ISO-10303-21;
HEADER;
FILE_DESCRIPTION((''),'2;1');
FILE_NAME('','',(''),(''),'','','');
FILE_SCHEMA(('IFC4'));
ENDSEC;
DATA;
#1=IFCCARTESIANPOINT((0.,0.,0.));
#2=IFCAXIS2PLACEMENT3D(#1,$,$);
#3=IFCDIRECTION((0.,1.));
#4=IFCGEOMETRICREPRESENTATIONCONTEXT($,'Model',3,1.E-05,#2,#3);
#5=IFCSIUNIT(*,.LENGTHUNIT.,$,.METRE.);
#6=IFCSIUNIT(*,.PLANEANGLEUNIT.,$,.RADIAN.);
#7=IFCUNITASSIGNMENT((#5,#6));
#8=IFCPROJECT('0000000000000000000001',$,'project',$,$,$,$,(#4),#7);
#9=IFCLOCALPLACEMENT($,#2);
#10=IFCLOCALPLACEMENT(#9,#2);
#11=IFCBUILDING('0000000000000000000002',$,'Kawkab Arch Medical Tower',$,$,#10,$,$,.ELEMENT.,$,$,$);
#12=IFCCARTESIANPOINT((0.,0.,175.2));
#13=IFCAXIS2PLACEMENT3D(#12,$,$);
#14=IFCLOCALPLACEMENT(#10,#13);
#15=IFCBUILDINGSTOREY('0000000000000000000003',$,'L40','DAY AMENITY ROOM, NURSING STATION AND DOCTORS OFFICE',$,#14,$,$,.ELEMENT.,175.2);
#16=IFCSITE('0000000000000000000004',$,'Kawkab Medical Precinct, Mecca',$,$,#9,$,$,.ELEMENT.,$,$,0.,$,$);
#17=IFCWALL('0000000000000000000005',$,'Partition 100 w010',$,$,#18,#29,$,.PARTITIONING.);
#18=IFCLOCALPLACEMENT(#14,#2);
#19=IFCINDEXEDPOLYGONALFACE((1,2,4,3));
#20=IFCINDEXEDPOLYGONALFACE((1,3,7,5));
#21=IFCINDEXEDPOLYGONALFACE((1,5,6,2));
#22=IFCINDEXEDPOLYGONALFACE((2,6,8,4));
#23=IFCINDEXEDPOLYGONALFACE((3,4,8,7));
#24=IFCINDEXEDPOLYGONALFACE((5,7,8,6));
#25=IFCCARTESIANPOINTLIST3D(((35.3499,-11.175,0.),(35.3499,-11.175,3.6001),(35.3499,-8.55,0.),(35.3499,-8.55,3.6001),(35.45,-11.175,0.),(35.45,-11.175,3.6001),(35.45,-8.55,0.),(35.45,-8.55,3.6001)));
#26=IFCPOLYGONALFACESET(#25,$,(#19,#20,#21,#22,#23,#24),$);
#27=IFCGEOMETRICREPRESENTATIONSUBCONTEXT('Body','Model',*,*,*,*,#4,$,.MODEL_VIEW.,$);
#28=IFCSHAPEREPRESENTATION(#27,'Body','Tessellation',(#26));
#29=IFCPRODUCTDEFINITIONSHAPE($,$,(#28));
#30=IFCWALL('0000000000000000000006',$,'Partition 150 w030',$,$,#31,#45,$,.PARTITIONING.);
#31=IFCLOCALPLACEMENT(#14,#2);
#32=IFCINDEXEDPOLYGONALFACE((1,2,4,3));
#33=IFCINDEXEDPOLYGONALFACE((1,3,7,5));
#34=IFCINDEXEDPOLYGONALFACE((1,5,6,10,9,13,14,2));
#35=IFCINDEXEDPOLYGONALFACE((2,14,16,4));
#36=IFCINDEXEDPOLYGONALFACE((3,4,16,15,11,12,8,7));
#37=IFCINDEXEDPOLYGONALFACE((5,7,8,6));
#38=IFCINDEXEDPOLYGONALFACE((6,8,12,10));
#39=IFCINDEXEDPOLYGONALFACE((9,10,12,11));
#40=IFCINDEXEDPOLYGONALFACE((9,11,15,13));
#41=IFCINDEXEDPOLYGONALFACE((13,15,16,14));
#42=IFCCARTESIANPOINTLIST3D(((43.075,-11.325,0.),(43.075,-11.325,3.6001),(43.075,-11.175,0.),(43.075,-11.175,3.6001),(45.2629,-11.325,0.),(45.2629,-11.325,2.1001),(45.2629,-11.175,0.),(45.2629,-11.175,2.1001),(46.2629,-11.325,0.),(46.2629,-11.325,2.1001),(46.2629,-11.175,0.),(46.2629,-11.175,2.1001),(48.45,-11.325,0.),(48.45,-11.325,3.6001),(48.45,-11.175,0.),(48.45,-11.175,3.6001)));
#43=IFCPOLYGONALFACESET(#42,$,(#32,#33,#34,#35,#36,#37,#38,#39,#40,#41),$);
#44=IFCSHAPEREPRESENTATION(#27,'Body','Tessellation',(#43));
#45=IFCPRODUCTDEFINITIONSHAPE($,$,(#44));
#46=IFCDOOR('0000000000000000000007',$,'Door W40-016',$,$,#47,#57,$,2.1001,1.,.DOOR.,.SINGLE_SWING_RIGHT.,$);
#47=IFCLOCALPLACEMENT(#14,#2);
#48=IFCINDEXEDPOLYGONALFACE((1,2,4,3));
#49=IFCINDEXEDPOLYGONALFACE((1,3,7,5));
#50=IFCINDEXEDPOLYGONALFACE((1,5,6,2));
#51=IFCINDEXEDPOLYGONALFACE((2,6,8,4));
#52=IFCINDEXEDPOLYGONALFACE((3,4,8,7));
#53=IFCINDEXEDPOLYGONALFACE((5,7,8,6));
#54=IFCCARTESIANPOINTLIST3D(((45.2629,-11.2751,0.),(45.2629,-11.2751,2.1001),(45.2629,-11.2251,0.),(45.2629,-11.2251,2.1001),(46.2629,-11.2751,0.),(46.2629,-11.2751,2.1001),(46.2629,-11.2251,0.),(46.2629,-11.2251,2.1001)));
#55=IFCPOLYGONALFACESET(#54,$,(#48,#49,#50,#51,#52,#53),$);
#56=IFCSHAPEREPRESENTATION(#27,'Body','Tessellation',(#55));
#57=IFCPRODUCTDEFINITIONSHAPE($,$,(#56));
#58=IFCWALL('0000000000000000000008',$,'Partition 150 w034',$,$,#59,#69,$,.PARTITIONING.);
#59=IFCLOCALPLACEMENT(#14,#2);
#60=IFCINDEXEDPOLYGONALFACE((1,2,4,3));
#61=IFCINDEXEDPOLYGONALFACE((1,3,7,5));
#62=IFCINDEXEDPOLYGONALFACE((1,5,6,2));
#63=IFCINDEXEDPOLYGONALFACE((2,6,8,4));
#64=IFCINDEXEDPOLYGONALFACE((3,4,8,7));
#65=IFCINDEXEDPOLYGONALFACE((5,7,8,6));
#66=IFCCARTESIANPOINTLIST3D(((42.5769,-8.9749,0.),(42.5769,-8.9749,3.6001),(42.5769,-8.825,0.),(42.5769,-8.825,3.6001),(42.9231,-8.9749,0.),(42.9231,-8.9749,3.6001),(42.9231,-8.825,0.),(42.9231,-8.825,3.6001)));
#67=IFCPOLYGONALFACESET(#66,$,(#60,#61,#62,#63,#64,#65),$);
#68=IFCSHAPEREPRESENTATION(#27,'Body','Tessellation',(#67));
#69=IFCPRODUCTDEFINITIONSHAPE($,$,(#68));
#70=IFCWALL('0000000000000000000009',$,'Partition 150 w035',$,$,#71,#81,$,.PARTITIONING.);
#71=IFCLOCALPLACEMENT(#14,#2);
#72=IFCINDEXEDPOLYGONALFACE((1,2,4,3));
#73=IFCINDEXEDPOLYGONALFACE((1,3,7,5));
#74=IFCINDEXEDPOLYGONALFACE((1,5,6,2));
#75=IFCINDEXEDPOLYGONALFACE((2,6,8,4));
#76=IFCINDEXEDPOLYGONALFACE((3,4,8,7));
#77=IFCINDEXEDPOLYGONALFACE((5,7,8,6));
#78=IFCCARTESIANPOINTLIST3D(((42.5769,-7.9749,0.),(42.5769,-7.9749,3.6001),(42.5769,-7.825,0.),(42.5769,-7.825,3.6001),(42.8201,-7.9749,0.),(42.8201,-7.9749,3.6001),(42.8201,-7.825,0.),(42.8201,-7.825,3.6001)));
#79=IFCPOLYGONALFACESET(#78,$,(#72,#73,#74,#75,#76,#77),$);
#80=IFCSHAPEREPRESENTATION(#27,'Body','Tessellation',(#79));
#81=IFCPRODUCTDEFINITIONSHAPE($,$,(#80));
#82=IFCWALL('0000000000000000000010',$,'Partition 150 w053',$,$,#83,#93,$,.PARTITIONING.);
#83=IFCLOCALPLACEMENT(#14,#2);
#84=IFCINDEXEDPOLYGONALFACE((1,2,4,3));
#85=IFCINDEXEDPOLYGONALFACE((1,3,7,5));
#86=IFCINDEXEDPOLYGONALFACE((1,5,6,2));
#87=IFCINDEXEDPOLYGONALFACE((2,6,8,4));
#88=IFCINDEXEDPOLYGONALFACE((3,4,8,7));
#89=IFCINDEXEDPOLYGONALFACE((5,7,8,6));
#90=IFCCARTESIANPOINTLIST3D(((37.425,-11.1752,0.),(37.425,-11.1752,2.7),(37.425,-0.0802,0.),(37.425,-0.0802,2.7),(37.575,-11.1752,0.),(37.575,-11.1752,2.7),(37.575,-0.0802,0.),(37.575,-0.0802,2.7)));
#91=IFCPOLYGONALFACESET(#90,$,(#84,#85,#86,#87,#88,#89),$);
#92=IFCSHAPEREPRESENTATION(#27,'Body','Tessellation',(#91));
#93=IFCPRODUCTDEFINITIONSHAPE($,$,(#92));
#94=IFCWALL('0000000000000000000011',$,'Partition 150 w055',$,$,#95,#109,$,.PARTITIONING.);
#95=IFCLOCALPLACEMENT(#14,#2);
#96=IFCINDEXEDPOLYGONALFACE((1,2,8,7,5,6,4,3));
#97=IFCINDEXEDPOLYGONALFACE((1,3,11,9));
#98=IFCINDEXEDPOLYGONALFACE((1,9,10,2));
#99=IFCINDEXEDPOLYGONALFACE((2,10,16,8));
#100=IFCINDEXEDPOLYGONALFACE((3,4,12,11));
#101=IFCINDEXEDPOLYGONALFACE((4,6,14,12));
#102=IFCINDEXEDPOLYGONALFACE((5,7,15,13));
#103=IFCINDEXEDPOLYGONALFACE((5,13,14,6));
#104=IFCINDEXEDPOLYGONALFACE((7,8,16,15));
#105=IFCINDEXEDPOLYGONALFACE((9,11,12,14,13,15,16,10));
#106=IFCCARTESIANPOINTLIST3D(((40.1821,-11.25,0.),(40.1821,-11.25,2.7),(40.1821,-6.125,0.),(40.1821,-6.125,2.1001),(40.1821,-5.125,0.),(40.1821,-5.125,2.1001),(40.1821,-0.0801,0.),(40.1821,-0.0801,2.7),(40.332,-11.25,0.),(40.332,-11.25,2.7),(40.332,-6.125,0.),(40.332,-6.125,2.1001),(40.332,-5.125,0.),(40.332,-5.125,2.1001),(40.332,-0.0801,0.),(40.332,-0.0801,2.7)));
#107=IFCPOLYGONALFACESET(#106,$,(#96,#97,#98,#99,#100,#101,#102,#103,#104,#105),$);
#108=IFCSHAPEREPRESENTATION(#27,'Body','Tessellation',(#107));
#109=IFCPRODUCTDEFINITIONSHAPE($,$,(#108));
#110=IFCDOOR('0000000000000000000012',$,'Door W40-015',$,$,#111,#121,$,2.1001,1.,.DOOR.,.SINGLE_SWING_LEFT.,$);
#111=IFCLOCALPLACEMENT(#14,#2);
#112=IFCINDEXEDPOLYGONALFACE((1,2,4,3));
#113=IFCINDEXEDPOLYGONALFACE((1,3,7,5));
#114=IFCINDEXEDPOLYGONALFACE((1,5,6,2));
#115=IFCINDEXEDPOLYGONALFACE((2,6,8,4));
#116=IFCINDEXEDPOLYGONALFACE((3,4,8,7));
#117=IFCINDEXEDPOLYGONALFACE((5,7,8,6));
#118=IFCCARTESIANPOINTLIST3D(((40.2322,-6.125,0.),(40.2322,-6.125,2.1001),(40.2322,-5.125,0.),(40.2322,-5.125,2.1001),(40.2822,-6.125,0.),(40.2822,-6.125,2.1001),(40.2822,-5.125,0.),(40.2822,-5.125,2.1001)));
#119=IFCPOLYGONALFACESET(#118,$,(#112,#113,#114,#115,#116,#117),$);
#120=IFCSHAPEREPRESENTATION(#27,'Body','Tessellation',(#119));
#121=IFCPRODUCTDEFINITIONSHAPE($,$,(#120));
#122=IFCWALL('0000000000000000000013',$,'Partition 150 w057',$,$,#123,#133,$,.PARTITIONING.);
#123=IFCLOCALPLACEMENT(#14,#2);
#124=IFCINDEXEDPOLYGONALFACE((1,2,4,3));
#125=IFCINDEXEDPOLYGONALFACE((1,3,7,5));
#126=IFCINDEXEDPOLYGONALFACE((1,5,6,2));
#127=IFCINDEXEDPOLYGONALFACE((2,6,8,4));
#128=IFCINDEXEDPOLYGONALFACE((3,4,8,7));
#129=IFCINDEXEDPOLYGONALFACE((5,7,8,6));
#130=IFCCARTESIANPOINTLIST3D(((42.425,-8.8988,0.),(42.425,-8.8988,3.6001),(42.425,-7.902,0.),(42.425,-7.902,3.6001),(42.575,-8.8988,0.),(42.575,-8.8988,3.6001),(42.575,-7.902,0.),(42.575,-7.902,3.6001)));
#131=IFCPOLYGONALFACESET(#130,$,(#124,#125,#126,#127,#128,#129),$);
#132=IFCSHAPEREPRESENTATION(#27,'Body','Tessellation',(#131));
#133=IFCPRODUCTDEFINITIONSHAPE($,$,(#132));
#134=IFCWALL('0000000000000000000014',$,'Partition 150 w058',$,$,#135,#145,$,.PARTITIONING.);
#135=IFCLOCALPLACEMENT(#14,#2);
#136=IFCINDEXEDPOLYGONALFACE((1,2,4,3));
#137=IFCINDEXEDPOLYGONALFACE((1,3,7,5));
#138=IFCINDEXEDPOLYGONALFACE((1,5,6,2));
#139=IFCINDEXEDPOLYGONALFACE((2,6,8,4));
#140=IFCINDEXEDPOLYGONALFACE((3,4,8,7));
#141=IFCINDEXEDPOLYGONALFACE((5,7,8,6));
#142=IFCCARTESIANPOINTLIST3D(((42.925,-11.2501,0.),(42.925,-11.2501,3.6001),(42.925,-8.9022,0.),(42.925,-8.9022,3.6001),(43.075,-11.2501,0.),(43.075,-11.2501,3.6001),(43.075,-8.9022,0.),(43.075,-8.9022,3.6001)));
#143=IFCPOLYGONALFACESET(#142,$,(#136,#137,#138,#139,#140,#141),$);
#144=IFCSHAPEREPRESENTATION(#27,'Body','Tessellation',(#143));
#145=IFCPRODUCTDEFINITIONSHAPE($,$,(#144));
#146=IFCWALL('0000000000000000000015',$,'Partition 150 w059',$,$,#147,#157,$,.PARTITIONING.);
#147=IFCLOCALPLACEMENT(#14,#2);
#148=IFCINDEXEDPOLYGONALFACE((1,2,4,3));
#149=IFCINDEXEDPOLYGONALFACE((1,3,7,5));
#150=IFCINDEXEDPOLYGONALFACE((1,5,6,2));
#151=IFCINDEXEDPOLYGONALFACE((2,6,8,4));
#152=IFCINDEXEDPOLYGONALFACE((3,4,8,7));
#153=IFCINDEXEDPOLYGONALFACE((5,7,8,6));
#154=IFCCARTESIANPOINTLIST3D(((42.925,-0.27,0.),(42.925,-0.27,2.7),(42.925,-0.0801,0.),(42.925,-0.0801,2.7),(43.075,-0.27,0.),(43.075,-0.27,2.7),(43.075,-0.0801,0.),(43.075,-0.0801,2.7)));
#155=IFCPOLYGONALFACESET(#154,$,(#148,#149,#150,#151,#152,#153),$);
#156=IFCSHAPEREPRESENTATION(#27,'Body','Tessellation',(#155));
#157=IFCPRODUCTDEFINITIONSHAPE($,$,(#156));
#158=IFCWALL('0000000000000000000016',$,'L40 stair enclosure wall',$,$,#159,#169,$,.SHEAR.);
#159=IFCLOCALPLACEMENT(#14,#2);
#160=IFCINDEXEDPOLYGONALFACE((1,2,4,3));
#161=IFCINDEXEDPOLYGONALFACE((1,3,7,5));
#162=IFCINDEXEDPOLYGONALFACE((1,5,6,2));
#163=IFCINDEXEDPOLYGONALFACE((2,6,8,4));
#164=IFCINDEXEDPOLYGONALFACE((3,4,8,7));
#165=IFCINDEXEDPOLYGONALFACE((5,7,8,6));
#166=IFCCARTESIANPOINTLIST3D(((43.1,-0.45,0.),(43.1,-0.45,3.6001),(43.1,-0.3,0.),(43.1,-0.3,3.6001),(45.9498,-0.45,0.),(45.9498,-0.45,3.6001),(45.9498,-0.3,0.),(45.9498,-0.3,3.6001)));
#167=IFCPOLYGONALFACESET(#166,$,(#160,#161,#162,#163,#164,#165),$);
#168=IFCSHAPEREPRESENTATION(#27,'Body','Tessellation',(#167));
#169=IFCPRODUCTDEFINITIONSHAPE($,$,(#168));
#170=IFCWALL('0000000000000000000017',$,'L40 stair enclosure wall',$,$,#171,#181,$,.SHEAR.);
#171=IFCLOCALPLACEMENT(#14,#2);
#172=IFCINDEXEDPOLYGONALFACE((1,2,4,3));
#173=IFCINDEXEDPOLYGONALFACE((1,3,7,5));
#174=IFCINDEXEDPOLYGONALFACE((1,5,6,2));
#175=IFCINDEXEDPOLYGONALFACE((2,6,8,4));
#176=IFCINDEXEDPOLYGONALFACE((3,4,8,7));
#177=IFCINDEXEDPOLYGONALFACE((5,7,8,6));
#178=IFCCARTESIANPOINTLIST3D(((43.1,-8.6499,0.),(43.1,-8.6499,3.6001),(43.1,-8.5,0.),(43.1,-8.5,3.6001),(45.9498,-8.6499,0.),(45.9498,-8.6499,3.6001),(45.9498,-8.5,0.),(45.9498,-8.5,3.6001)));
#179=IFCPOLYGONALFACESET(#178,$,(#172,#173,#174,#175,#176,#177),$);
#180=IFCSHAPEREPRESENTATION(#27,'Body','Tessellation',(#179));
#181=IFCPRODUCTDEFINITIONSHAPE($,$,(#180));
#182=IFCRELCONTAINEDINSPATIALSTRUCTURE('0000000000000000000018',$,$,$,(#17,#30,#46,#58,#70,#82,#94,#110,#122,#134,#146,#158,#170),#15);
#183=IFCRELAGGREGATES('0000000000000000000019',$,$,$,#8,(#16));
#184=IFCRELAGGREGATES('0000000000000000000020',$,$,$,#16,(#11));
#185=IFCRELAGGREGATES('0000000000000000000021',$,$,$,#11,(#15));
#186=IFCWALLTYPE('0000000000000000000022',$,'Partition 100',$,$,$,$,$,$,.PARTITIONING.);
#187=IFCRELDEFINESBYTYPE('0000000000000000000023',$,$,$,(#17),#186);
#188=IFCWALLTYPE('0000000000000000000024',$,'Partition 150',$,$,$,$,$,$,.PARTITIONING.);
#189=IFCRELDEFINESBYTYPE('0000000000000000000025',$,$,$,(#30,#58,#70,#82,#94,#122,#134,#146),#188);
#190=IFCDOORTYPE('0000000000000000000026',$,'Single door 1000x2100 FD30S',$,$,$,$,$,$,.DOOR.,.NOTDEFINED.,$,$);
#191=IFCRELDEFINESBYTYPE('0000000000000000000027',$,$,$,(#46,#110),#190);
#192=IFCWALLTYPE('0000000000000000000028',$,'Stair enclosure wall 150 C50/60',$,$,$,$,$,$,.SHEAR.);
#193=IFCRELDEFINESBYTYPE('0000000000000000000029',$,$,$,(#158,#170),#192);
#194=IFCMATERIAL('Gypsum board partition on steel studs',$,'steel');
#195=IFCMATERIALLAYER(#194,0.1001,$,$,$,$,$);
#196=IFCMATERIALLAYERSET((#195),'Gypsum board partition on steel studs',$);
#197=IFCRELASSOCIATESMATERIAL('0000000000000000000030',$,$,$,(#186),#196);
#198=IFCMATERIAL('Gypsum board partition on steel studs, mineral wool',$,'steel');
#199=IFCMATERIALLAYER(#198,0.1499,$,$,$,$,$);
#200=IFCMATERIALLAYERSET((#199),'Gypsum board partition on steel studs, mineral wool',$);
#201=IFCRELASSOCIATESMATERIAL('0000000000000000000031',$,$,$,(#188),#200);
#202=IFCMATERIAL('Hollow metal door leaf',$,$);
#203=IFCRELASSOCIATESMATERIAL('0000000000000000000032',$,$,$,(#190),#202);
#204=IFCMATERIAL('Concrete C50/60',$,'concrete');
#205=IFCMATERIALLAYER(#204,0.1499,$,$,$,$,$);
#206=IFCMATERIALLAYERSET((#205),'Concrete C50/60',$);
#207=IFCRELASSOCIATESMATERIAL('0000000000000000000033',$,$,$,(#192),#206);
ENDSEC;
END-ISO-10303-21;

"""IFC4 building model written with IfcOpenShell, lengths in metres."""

from ifc_helpers import new_model, si_unit, direction, frame, frame_2d, origin, place, context, subcontext, project, spatial, rectangle, extrude, material, layer, layer_set, type_object, element, fill, save


model = new_model("IFC4")

# Units and contexts
model_context = context("Model", 3, precision=1e-05, world=origin(), true_north=direction((0.0, 1.0)))
body_context = subcontext(model_context, "Body", "Model", "MODEL_VIEW")
ifc_project = project(units=[si_unit("LENGTHUNIT", "METRE"), si_unit("PLANEANGLEUNIT", "RADIAN")], contexts=[model_context])

# Site, building, storey
site_placement = place(None, origin())
site = spatial("IfcSite", under=ifc_project, at=site_placement, Name="Kawkab Medical Precinct, Mecca", CompositionType="ELEMENT", RefElevation=0.0)
building_placement = place(site_placement, origin())
building = spatial("IfcBuilding", under=site, at=building_placement, Name="Kawkab Arch Medical Tower", CompositionType="ELEMENT")
storey_placement = place(building_placement, frame((0.0, 0.0, 175.2)))
storey = spatial("IfcBuildingStorey", under=building, at=storey_placement, Name="L40", Description="DAY AMENITY ROOM, NURSING STATION AND DOCTORS OFFICE", CompositionType="ELEMENT", Elevation=175.2)

# Shared definitions
ifc_material_1 = material(Name="Gypsum board partition on steel studs", Category="steel")
ifc_layer_1 = layer(ifc_material_1, 0.1001)
ifc_layer_set_1 = layer_set([ifc_layer_1], Name="Gypsum board partition on steel studs")
wall_type_1 = type_object("IfcWallType", Name="Partition 100", PredefinedType="PARTITIONING", material=ifc_layer_set_1)

# Wall
wall_1_placement = place(storey_placement, frame((35.3999, -11.175, 0.0), z_axis=(0.0, 0.0, 1.0), x_axis=(0.0, 1.0, 0.0)))
element("IfcWall", 1, at=wall_1_placement, inside=storey, type_object=wall_type_1, Name="Partition 100 w010", PredefinedType="PARTITIONING", context=body_context, shape_type="SweptSolid", body=[
    extrude(rectangle(XDim=2.625, YDim=0.1001, at=frame_2d((1.3125, 0.0))), origin(), (0.0, 0.0, 1.0), 3.6001),
])

# Wall, opening, door
ifc_material_2 = material(Name="Gypsum board partition on steel studs, mineral wool", Category="steel")
ifc_layer_2 = layer(ifc_material_2, 0.1499)
ifc_layer_set_2 = layer_set([ifc_layer_2], Name="Gypsum board partition on steel studs, mineral wool")
wall_type_2 = type_object("IfcWallType", Name="Partition 150", PredefinedType="PARTITIONING", material=ifc_layer_set_2)
wall_2_placement = place(storey_placement, frame((43.075, -11.25, 0.0), z_axis=(0.0, 0.0, 1.0), x_axis=(1.0, 0.0, 0.0)))
wall_2 = element("IfcWall", 2, at=wall_2_placement, inside=storey, type_object=wall_type_2, Name="Partition 150 w030", PredefinedType="PARTITIONING", context=body_context, shape_type="SweptSolid", body=[
    extrude(rectangle(XDim=5.375, YDim=0.1499, at=frame_2d((2.6875, 0.0))), origin(), (0.0, 0.0, 1.0), 3.6001),
])
opening_1_placement = place(wall_2_placement, frame((2.188, 0.0, 0.0)))
opening_1 = element("IfcOpeningElement", 3, at=opening_1_placement, cuts=wall_2, PredefinedType="OPENING", context=body_context, shape_type="SweptSolid", body=[
    extrude(rectangle(XDim=1.0, YDim=2.1001, at=frame_2d((0.5, 1.05))), frame((0.0, 0.085, 0.0), z_axis=(0.0, -1.0, 0.0), x_axis=(1.0, 0.0, 0.0)), (0.0, 0.0, 1.0), 0.1699),
])
ifc_material_3 = material(Name="Hollow metal door leaf")
door_type_1 = type_object("IfcDoorType", Name="Single door 1000x2100 FD30S", OperationType="NOTDEFINED", PredefinedType="DOOR", material=ifc_material_3)
door_1_placement = place(opening_1_placement, origin())
door_1 = element("IfcDoor", 4, at=door_1_placement, inside=storey, type_object=door_type_1, Name="Door W40-016", OperationType="SINGLE_SWING_RIGHT", OverallHeight=2.1001, OverallWidth=1.0, PredefinedType="DOOR", context=body_context, shape_type="SweptSolid", body=[
    extrude(rectangle(XDim=1.0, YDim=2.1001, at=frame_2d((0.5, 1.05))), frame((0.0, 0.0249, 0.0), z_axis=(0.0, -1.0, 0.0), x_axis=(1.0, 0.0, 0.0)), (0.0, 0.0, 1.0), 0.05),
])
fill(opening_1, door_1)

# Walls
wall_3_placement = place(storey_placement, frame((42.5769, -8.8999, 0.0), z_axis=(0.0, 0.0, 1.0), x_axis=(1.0, 0.0, 0.0)))
element("IfcWall", 5, at=wall_3_placement, inside=storey, type_object=wall_type_2, Name="Partition 150 w034", PredefinedType="PARTITIONING", context=body_context, shape_type="SweptSolid", body=[
    extrude(rectangle(XDim=0.3462, YDim=0.1499, at=frame_2d((0.1731, 0.0))), origin(), (0.0, 0.0, 1.0), 3.6001),
])
wall_4_placement = place(storey_placement, frame((42.5769, -7.8999, 0.0), z_axis=(0.0, 0.0, 1.0), x_axis=(1.0, 0.0, 0.0)))
element("IfcWall", 6, at=wall_4_placement, inside=storey, type_object=wall_type_2, Name="Partition 150 w035", PredefinedType="PARTITIONING", context=body_context, shape_type="SweptSolid", body=[
    extrude(rectangle(XDim=0.2432, YDim=0.1499, at=frame_2d((0.1216, 0.0))), origin(), (0.0, 0.0, 1.0), 3.6001),
])
wall_5_placement = place(storey_placement, frame((37.5, -11.175, 0.0), z_axis=(0.0, 0.0, 1.0), x_axis=(0.0, 1.0, 0.0)))
element("IfcWall", 7, at=wall_5_placement, inside=storey, type_object=wall_type_2, Name="Partition 150 w053", PredefinedType="PARTITIONING", context=body_context, shape_type="SweptSolid", body=[
    extrude(rectangle(XDim=11.095, YDim=0.1499, at=frame_2d((5.5474, 0.0))), origin(), (0.0, 0.0, 1.0), 2.7),
])

# Wall, opening, door
wall_6_placement = place(storey_placement, frame((40.2571, -11.25, 0.0), z_axis=(0.0, 0.0, 1.0), x_axis=(0.0, 1.0, 0.0)))
wall_6 = element("IfcWall", 8, at=wall_6_placement, inside=storey, type_object=wall_type_2, Name="Partition 150 w055", PredefinedType="PARTITIONING", context=body_context, shape_type="SweptSolid", body=[
    extrude(rectangle(XDim=11.1699, YDim=0.1499, at=frame_2d((5.585, 0.0))), origin(), (0.0, 0.0, 1.0), 2.7),
])
opening_2_placement = place(wall_6_placement, frame((5.125, 0.0, 0.0)))
opening_2 = element("IfcOpeningElement", 9, at=opening_2_placement, cuts=wall_6, PredefinedType="OPENING", context=body_context, shape_type="SweptSolid", body=[
    extrude(rectangle(XDim=1.0, YDim=2.1001, at=frame_2d((0.5, 1.05))), frame((0.0, 0.085, 0.0), z_axis=(0.0, -1.0, 0.0), x_axis=(1.0, 0.0, 0.0)), (0.0, 0.0, 1.0), 0.1699),
])
door_2_placement = place(opening_2_placement, origin())
door_2 = element("IfcDoor", 10, at=door_2_placement, inside=storey, type_object=door_type_1, Name="Door W40-015", OperationType="SINGLE_SWING_LEFT", OverallHeight=2.1001, OverallWidth=1.0, PredefinedType="DOOR", context=body_context, shape_type="SweptSolid", body=[
    extrude(rectangle(XDim=1.0, YDim=2.1001, at=frame_2d((0.5, 1.05))), frame((0.0, 0.0249, 0.0), z_axis=(0.0, -1.0, 0.0), x_axis=(1.0, 0.0, 0.0)), (0.0, 0.0, 1.0), 0.05),
])
fill(opening_2, door_2)

# Walls
wall_7_placement = place(storey_placement, frame((42.5, -8.8989, 0.0), z_axis=(0.0, 0.0, 1.0), x_axis=(0.0, 1.0, 0.0)))
element("IfcWall", 11, at=wall_7_placement, inside=storey, type_object=wall_type_2, Name="Partition 150 w057", PredefinedType="PARTITIONING", context=body_context, shape_type="SweptSolid", body=[
    extrude(rectangle(XDim=0.9968, YDim=0.1499, at=frame_2d((0.4985, 0.0))), origin(), (0.0, 0.0, 1.0), 3.6001),
])
wall_8_placement = place(storey_placement, frame((43.0, -11.25, 0.0), z_axis=(0.0, 0.0, 1.0), x_axis=(0.0, 1.0, 0.0)))
element("IfcWall", 12, at=wall_8_placement, inside=storey, type_object=wall_type_2, Name="Partition 150 w058", PredefinedType="PARTITIONING", context=body_context, shape_type="SweptSolid", body=[
    extrude(rectangle(XDim=2.3479, YDim=0.1499, at=frame_2d((1.1738, 0.0))), origin(), (0.0, 0.0, 1.0), 3.6001),
])
wall_9_placement = place(storey_placement, frame((43.0, -0.27, 0.0), z_axis=(0.0, 0.0, 1.0), x_axis=(0.0, 1.0, 0.0)))
element("IfcWall", 13, at=wall_9_placement, inside=storey, type_object=wall_type_2, Name="Partition 150 w059", PredefinedType="PARTITIONING", context=body_context, shape_type="SweptSolid", body=[
    extrude(rectangle(XDim=0.1899, YDim=0.1499, at=frame_2d((0.095, 0.0))), origin(), (0.0, 0.0, 1.0), 2.7),
])
ifc_material_4 = material(Name="Concrete C50/60", Category="concrete")
ifc_layer_3 = layer(ifc_material_4, 0.1499)
ifc_layer_set_3 = layer_set([ifc_layer_3], Name="Concrete C50/60")
wall_type_3 = type_object("IfcWallType", Name="Stair enclosure wall 150 C50/60", PredefinedType="SHEAR", material=ifc_layer_set_3)
for number, where, z_axis, x_axis, name in (
    (14, (43.1001, -0.375, 0.0), (0.0, 0.0, 1.0), (1.0, 0.0, 0.0), "L40 stair enclosure wall"),
    (15, (43.1001, -8.575, 0.0), (0.0, 0.0, 1.0), (1.0, 0.0, 0.0), "L40 stair enclosure wall"),
):
    element("IfcWall", number, at=place(storey_placement, frame(where, z_axis=z_axis, x_axis=x_axis)), inside=storey, type_object=wall_type_3, Name=name, PredefinedType="SHEAR", context=body_context, shape_type="SweptSolid", body=[
        extrude(rectangle(XDim=2.8499, YDim=0.1499, at=frame_2d((1.4248, 0.0))), origin(), (0.0, 0.0, 1.0), 3.6001),
    ])

save(model, "model.ifc")
